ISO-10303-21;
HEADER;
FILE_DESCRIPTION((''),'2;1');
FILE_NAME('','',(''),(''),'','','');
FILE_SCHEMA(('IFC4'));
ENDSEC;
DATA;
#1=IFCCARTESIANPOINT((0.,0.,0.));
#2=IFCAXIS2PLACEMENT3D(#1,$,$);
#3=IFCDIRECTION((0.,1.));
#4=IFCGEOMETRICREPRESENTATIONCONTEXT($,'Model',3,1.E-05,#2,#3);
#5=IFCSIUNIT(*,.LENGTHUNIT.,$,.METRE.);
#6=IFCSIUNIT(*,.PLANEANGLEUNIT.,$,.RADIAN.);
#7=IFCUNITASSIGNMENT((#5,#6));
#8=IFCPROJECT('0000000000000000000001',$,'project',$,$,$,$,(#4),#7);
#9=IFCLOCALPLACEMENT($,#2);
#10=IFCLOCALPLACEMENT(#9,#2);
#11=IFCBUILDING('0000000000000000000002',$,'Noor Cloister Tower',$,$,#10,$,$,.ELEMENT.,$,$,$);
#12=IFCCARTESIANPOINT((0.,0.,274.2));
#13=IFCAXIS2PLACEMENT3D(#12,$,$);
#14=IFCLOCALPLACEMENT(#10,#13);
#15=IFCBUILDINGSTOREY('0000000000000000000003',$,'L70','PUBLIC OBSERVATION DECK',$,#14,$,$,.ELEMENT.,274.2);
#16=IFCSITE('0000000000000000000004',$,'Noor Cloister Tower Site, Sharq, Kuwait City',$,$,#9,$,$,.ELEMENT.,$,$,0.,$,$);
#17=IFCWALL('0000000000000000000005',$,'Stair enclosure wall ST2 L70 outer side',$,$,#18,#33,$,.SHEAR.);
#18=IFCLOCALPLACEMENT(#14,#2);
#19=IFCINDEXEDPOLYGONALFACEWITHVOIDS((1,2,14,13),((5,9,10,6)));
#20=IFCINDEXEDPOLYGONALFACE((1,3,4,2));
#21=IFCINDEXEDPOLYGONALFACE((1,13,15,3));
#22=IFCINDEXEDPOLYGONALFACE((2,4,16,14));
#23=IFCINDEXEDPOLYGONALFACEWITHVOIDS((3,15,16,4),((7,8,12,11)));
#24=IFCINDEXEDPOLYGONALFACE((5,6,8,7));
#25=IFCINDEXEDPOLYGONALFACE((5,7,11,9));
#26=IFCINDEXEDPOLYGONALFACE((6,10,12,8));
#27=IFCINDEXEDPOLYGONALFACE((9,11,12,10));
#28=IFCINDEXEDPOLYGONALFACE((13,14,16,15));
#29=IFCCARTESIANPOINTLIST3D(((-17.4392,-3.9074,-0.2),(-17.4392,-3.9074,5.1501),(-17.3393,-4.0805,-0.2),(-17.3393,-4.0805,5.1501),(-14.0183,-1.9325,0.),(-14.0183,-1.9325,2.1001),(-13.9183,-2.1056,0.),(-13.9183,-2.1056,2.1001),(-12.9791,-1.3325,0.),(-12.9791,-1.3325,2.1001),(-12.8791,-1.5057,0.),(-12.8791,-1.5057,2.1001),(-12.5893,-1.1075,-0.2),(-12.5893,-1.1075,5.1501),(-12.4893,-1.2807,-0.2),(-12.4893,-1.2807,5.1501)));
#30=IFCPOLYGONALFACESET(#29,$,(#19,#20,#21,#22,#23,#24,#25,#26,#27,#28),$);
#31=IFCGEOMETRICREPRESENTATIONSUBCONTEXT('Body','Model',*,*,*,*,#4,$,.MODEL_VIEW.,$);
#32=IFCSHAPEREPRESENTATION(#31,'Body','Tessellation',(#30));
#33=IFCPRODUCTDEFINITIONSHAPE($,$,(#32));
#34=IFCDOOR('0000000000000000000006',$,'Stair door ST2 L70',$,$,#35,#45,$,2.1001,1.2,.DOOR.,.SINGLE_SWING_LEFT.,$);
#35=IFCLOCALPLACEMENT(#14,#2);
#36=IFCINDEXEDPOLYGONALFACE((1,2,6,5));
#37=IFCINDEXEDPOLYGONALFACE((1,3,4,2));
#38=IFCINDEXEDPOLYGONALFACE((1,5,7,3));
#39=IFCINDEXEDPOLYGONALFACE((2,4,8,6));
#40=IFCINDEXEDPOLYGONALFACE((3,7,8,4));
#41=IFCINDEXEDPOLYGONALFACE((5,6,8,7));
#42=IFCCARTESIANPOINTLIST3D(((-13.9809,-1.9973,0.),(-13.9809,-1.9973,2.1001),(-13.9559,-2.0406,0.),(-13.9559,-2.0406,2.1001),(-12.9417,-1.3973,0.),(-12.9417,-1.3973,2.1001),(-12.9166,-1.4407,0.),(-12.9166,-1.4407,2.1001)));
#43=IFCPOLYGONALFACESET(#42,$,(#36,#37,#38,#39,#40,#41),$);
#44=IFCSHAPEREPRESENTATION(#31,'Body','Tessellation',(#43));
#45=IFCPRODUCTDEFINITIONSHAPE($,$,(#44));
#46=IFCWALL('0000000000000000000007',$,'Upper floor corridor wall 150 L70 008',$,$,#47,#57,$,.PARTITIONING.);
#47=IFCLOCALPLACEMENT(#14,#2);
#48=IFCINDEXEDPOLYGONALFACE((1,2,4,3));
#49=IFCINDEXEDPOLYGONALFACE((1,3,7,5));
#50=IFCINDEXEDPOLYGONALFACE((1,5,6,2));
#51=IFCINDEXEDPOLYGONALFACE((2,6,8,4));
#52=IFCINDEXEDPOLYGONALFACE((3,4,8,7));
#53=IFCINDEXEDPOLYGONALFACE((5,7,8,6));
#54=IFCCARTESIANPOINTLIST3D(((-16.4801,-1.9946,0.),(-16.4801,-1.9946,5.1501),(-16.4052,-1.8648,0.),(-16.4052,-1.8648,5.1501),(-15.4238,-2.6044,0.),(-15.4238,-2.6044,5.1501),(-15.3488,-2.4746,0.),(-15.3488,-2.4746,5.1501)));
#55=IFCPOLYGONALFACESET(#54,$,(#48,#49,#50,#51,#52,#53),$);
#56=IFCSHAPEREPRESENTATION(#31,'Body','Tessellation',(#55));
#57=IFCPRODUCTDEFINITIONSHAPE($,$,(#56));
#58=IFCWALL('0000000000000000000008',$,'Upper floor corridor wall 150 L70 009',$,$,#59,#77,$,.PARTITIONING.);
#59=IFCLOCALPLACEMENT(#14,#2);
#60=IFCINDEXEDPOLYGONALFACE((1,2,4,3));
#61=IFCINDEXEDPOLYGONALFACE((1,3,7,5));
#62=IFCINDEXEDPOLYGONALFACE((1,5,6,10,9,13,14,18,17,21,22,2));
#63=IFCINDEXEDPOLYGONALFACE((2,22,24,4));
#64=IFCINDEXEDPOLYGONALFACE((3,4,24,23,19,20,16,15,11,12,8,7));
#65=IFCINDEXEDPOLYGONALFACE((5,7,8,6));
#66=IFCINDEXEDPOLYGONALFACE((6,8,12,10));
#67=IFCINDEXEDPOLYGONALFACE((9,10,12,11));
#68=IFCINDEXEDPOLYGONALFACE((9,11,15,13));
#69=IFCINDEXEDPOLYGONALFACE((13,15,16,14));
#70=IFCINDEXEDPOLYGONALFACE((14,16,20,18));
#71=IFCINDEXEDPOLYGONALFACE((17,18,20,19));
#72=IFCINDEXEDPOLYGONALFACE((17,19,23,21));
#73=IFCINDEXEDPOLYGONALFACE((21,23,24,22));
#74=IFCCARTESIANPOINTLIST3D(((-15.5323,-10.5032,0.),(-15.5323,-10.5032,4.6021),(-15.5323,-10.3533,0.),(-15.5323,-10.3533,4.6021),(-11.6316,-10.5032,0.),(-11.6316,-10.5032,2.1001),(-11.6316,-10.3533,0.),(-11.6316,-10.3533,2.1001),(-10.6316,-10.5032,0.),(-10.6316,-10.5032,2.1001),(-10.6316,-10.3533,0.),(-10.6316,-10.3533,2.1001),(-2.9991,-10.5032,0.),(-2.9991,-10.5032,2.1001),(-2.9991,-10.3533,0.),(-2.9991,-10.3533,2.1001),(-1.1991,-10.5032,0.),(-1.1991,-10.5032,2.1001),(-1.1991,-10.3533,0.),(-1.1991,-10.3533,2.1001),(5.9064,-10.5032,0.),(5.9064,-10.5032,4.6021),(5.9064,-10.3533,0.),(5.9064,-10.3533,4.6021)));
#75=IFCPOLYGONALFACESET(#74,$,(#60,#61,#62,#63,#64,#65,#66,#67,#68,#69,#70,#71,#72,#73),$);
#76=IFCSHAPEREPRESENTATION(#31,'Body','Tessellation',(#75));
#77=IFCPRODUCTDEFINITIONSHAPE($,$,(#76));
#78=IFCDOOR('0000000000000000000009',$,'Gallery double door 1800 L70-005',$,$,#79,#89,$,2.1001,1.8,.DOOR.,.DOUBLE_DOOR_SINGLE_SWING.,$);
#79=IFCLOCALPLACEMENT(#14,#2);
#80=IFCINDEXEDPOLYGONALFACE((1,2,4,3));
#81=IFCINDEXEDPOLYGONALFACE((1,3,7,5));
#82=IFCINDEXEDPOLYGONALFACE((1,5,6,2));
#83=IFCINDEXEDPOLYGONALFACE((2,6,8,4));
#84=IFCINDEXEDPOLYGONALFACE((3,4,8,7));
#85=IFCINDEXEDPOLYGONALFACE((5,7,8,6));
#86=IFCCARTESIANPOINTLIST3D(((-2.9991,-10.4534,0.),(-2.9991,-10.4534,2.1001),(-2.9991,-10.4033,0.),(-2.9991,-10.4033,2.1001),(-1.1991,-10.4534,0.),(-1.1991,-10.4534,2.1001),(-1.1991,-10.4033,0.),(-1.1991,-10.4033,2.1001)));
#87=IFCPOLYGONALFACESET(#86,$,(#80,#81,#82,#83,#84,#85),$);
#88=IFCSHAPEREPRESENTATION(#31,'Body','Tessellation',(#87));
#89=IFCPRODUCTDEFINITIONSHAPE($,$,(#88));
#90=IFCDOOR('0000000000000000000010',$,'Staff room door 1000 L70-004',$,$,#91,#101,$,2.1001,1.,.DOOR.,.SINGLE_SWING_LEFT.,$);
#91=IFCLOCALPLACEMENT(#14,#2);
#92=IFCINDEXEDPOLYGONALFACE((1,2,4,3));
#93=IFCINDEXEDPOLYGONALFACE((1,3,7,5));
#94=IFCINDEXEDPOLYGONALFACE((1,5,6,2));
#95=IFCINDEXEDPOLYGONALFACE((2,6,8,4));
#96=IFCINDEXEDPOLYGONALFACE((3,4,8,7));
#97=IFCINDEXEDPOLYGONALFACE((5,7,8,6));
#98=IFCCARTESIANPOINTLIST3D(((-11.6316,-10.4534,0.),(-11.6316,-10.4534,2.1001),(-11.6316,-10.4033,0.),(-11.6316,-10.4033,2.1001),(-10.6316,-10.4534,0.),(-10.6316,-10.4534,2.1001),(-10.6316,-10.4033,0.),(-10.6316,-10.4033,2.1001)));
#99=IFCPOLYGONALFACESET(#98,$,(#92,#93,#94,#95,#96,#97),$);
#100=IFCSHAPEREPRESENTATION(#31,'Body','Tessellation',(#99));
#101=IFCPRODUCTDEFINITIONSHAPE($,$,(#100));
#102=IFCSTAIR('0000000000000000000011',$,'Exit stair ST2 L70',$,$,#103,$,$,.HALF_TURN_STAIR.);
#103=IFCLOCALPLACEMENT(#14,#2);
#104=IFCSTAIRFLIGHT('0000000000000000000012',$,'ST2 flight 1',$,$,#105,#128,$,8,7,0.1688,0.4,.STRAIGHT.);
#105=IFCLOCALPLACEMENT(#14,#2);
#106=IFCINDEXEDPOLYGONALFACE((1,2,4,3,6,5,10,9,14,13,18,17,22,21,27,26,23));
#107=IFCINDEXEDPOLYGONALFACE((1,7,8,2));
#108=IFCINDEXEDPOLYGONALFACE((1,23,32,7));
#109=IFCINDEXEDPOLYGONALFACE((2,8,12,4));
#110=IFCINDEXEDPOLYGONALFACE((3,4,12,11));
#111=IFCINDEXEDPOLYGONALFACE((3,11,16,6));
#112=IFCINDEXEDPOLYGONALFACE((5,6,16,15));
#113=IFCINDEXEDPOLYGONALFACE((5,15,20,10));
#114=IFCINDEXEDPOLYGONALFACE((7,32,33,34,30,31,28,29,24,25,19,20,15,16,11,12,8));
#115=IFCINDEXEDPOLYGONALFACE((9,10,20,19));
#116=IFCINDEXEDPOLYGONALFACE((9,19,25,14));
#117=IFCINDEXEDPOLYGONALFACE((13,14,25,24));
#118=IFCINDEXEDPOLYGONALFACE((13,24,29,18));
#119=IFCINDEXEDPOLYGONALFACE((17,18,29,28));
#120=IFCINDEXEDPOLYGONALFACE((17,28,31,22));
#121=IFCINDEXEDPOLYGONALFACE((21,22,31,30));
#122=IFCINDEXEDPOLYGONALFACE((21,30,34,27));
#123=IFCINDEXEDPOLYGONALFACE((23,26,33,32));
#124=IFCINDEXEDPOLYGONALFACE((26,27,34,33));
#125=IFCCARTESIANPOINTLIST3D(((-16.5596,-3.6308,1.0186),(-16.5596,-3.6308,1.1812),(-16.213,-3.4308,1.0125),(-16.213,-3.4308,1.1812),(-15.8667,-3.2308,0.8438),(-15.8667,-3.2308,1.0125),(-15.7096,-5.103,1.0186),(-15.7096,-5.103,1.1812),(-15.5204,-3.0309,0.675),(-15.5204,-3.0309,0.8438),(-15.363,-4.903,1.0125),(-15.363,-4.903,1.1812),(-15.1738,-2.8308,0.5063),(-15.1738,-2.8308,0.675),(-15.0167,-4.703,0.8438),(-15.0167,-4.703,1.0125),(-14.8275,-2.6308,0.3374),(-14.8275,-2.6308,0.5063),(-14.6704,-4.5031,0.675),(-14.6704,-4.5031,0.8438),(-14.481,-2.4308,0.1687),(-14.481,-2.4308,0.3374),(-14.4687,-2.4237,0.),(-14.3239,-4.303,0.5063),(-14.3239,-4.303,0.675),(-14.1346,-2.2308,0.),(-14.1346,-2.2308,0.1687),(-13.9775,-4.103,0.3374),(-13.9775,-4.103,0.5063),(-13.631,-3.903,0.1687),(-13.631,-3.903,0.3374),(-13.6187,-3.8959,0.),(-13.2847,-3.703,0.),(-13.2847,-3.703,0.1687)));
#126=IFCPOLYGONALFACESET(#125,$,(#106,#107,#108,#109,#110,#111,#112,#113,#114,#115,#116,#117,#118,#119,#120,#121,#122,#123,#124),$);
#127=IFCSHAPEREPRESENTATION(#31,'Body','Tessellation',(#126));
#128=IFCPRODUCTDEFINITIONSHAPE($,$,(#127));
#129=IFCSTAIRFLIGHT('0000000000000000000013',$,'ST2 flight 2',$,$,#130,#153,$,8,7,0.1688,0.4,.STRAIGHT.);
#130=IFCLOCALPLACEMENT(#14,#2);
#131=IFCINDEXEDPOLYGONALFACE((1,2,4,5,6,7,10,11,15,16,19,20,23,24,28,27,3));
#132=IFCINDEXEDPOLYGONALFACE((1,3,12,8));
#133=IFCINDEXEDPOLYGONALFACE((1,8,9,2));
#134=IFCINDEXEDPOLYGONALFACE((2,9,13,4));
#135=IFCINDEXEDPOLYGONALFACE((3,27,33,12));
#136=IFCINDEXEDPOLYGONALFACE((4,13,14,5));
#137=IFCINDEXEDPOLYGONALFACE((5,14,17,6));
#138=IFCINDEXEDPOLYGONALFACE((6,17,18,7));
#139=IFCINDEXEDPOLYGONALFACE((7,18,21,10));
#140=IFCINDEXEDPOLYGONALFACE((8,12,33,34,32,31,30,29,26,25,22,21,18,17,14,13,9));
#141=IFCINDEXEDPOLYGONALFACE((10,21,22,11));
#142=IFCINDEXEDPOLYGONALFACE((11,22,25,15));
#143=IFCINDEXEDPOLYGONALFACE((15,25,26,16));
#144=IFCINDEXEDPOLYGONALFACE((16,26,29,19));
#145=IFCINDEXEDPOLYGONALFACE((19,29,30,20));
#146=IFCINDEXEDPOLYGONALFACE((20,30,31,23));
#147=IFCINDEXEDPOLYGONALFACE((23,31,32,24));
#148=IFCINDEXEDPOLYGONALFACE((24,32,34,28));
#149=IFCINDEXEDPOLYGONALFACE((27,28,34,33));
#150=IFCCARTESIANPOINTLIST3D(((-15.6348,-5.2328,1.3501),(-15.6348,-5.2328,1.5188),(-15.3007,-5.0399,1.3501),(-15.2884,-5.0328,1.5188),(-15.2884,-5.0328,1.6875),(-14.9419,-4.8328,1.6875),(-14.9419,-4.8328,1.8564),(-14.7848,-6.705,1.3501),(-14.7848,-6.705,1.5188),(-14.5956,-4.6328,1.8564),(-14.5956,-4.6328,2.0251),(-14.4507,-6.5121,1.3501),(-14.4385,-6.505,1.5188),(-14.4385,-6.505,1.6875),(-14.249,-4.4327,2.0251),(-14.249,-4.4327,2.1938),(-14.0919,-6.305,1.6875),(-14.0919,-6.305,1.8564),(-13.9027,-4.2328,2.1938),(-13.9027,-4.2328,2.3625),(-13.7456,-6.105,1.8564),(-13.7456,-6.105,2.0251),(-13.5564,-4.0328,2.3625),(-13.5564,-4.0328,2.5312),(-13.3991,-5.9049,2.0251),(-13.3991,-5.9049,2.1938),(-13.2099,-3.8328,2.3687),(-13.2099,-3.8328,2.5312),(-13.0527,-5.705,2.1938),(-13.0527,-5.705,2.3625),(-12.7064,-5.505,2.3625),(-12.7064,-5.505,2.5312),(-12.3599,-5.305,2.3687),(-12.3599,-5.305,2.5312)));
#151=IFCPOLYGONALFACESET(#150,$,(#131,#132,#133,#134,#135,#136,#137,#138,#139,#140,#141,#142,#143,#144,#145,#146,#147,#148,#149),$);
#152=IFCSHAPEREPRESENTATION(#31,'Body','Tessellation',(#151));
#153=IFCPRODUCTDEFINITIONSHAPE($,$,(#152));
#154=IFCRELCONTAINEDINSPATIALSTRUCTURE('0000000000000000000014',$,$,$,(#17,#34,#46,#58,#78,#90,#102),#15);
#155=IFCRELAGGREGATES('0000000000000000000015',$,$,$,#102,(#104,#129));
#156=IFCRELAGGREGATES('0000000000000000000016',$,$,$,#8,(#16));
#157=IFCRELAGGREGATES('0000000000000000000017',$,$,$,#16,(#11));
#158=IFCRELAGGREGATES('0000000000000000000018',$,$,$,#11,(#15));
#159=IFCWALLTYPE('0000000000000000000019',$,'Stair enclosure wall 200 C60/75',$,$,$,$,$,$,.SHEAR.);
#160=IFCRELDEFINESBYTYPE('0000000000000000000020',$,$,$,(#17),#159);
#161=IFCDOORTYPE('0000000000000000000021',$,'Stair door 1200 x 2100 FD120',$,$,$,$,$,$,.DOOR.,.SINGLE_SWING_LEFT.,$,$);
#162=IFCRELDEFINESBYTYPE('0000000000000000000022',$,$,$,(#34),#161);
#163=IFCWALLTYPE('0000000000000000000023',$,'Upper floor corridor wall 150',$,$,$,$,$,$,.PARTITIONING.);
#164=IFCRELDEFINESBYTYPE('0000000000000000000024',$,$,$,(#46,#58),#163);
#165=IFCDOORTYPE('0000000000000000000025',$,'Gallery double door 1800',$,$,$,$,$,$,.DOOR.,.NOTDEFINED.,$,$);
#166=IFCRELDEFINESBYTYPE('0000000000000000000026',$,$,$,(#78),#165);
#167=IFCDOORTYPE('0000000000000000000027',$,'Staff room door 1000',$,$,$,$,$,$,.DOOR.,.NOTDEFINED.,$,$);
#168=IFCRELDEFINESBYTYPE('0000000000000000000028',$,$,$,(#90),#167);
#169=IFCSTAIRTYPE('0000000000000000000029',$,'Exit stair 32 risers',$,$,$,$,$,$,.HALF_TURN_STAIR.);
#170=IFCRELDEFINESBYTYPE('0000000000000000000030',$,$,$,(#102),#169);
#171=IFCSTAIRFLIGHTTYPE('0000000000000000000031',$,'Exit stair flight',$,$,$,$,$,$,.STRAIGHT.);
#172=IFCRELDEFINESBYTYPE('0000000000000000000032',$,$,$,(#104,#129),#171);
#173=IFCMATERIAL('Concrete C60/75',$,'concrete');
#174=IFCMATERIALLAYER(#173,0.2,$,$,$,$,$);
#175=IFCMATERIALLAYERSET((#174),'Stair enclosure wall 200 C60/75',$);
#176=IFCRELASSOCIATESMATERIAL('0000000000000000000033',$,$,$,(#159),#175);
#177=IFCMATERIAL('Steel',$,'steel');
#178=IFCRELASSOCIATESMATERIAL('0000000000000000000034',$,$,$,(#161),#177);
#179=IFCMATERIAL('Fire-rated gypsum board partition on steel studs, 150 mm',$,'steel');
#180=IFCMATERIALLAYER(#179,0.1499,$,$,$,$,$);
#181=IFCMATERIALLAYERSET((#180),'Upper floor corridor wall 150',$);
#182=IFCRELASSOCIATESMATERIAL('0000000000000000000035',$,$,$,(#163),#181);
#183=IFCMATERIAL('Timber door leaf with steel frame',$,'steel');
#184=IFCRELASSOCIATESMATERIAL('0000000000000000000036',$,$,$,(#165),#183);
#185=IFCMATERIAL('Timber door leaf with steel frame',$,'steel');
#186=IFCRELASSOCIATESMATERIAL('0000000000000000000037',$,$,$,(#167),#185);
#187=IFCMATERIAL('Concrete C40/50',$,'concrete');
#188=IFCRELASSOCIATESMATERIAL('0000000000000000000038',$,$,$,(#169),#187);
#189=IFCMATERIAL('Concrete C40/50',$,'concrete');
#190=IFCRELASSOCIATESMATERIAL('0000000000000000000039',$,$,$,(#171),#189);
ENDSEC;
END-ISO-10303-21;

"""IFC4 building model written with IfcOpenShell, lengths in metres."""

from ifc_helpers import new_model, si_unit, direction, frame, frame_2d, origin, place, context, subcontext, project, spatial, polyline, rectangle, outline, extrude, material, layer, layer_set, type_object, element, fill, aggregate, save


model = new_model("IFC4")

# Units and contexts
model_context = context("Model", 3, precision=1e-05, world=origin(), true_north=direction((0.0, 1.0)))
body_context = subcontext(model_context, "Body", "Model", "MODEL_VIEW")
ifc_project = project(units=[si_unit("LENGTHUNIT", "METRE"), si_unit("PLANEANGLEUNIT", "RADIAN")], contexts=[model_context])

# Site, building, storey
site_placement = place(None, origin())
site = spatial("IfcSite", under=ifc_project, at=site_placement, Name="Noor Cloister Tower Site, Sharq, Kuwait City", CompositionType="ELEMENT", RefElevation=0.0)
building_placement = place(site_placement, origin())
building = spatial("IfcBuilding", under=site, at=building_placement, Name="Noor Cloister Tower", CompositionType="ELEMENT")
storey_placement = place(building_placement, frame((0.0, 0.0, 274.2)))
storey = spatial("IfcBuildingStorey", under=building, at=storey_placement, Name="L70", Description="PUBLIC OBSERVATION DECK", CompositionType="ELEMENT", Elevation=274.2)

# Wall, opening, door
ifc_material_1 = material(Name="Concrete C60/75", Category="concrete")
ifc_layer_1 = layer(ifc_material_1, 0.2)
ifc_layer_set_1 = layer_set([ifc_layer_1], Name="Stair enclosure wall 200 C60/75")
wall_type_1 = type_object("IfcWallType", Name="Stair enclosure wall 200 C60/75", PredefinedType="SHEAR", material=ifc_layer_set_1)
ifc_material_2 = material(Name="Steel", Category="steel")
door_type_1 = type_object("IfcDoorType", Name="Stair door 1200 x 2100 FD120", OperationType="SINGLE_SWING_LEFT", PredefinedType="DOOR", material=ifc_material_2)
wall_1_placement = place(storey_placement, frame((-12.5393, -1.1941, -0.2), z_axis=(0.0, 0.0, 1.0), x_axis=(-0.866045, -0.499965, 0.0)))
wall_1 = element("IfcWall", 1, at=wall_1_placement, inside=storey, type_object=wall_type_1, Name="Stair enclosure wall ST2 L70 outer side", PredefinedType="SHEAR", context=body_context, shape_type="SweptSolid", body=[
    extrude(rectangle(XDim=5.6001, YDim=0.2, at=frame_2d((2.8, 0.0))), origin(), (0.0, 0.0, 1.0), 5.3501),
])
opening_1_placement = place(wall_1_placement, frame((0.45, 0.0, 0.2)))
opening_1 = element("IfcOpeningElement", 2, at=opening_1_placement, cuts=wall_1, PredefinedType="OPENING", context=body_context, shape_type="SweptSolid", body=[
    extrude(rectangle(XDim=1.2, YDim=2.1001, at=frame_2d((0.6001, 1.05))), frame((0.0, 0.1099, 0.0), z_axis=(0.0, -1.0, 0.0), x_axis=(1.0, 0.0, 0.0)), (0.0, 0.0, 1.0), 0.22),
])
door_1_placement = place(opening_1_placement, origin())
door_1 = element("IfcDoor", 3, at=door_1_placement, inside=storey, type_object=door_type_1, Name="Stair door ST2 L70", OperationType="SINGLE_SWING_LEFT", OverallHeight=2.1001, OverallWidth=1.2, PredefinedType="DOOR", context=body_context, shape_type="SweptSolid", body=[
    extrude(rectangle(XDim=1.2, YDim=2.1001, at=frame_2d((0.6001, 1.05))), frame((0.0, 0.0249, 0.0), z_axis=(0.0, -1.0, 0.0), x_axis=(1.0, 0.0, 0.0)), (0.0, 0.0, 1.0), 0.05),
])
fill(opening_1, door_1)

# Wall
ifc_material_3 = material(Name="Fire-rated gypsum board partition on steel studs, 150 mm", Category="steel")
ifc_layer_2 = layer(ifc_material_3, 0.1499)
ifc_layer_set_2 = layer_set([ifc_layer_2], Name="Upper floor corridor wall 150")
wall_type_2 = type_object("IfcWallType", Name="Upper floor corridor wall 150", PredefinedType="PARTITIONING", material=ifc_layer_set_2)
wall_2_placement = place(storey_placement, frame((-16.4426, -1.9297, 0.0), z_axis=(0.0, 0.0, 1.0), x_axis=(0.866042, -0.499971, 0.0)))
element("IfcWall", 4, at=wall_2_placement, inside=storey, type_object=wall_type_2, Name="Upper floor corridor wall 150 L70 008", PredefinedType="PARTITIONING", context=body_context, shape_type="SweptSolid", body=[
    extrude(rectangle(XDim=1.2197, YDim=0.1499, at=frame_2d((0.6099, 0.0))), origin(), (0.0, 0.0, 1.0), 5.1501),
])

# Wall, openings, doors
wall_3_placement = place(storey_placement, frame((-15.5322, -10.4282, 0.0), z_axis=(0.0, 0.0, 1.0), x_axis=(1.0, 0.0, 0.0)))
wall_3 = element("IfcWall", 5, at=wall_3_placement, inside=storey, type_object=wall_type_2, Name="Upper floor corridor wall 150 L70 009", PredefinedType="PARTITIONING", context=body_context, shape_type="SweptSolid", body=[
    extrude(rectangle(XDim=21.4387, YDim=0.1499, at=frame_2d((10.7192, 0.0))), origin(), (0.0, 0.0, 1.0), 4.6021),
])
opening_2_placement = place(wall_3_placement, frame((3.9006, 0.0, 0.0)))
opening_2 = element("IfcOpeningElement", 6, at=opening_2_placement, cuts=wall_3, PredefinedType="OPENING", context=body_context, shape_type="SweptSolid", body=[
    extrude(rectangle(XDim=1.0, YDim=2.1001, at=frame_2d((0.5, 1.05))), frame((0.0, 0.085, 0.0), z_axis=(0.0, -1.0, 0.0), x_axis=(1.0, 0.0, 0.0)), (0.0, 0.0, 1.0), 0.1699),
])
opening_3_placement = place(wall_3_placement, frame((12.5332, 0.0, 0.0)))
opening_3 = element("IfcOpeningElement", 7, at=opening_3_placement, cuts=wall_3, PredefinedType="OPENING", context=body_context, shape_type="SweptSolid", body=[
    extrude(rectangle(XDim=1.8, YDim=2.1001, at=frame_2d((0.8999, 1.05))), frame((0.0, 0.085, 0.0), z_axis=(0.0, -1.0, 0.0), x_axis=(1.0, 0.0, 0.0)), (0.0, 0.0, 1.0), 0.1699),
])
ifc_material_4 = material(Name="Timber door leaf with steel frame", Category="steel")
door_type_2 = type_object("IfcDoorType", Name="Gallery double door 1800", OperationType="NOTDEFINED", PredefinedType="DOOR", material=ifc_material_4)
door_2_placement = place(opening_3_placement, origin())
door_2 = element("IfcDoor", 8, at=door_2_placement, inside=storey, type_object=door_type_2, Name="Gallery double door 1800 L70-005", OperationType="DOUBLE_DOOR_SINGLE_SWING", OverallHeight=2.1001, OverallWidth=1.8, PredefinedType="DOOR", context=body_context, shape_type="SweptSolid", body=[
    extrude(rectangle(XDim=1.8, YDim=2.1001, at=frame_2d((0.8999, 1.05))), frame((0.0, 0.0249, 0.0), z_axis=(0.0, -1.0, 0.0), x_axis=(1.0, 0.0, 0.0)), (0.0, 0.0, 1.0), 0.05),
])
fill(opening_3, door_2)
ifc_material_5 = material(Name="Timber door leaf with steel frame", Category="steel")
door_type_3 = type_object("IfcDoorType", Name="Staff room door 1000", OperationType="NOTDEFINED", PredefinedType="DOOR", material=ifc_material_5)
door_3_placement = place(opening_2_placement, origin())
door_3 = element("IfcDoor", 9, at=door_3_placement, inside=storey, type_object=door_type_3, Name="Staff room door 1000 L70-004", OperationType="SINGLE_SWING_LEFT", OverallHeight=2.1001, OverallWidth=1.0, PredefinedType="DOOR", context=body_context, shape_type="SweptSolid", body=[
    extrude(rectangle(XDim=1.0, YDim=2.1001, at=frame_2d((0.5, 1.05))), frame((0.0, 0.0249, 0.0), z_axis=(0.0, -1.0, 0.0), x_axis=(1.0, 0.0, 0.0)), (0.0, 0.0, 1.0), 0.05),
])
fill(opening_2, door_3)

# Stair, stair flights
ifc_material_6 = material(Name="Concrete C40/50", Category="concrete")
stair_type = type_object("IfcStairType", Name="Exit stair 32 risers", PredefinedType="HALF_TURN_STAIR", material=ifc_material_6)
stair_placement = place(storey_placement, origin())
stair = element("IfcStair", 10, at=stair_placement, inside=storey, type_object=stair_type, Name="Exit stair ST2 L70", PredefinedType="HALF_TURN_STAIR")
ifc_material_7 = material(Name="Concrete C40/50", Category="concrete")
stair_flight_type = type_object("IfcStairFlightType", Name="Exit stair flight", PredefinedType="STRAIGHT", material=ifc_material_7)
stair_flight_1_placement = place(storey_placement, frame((-13.7097, -2.9668, 0.0), z_axis=(0.0, 0.0, 1.0), x_axis=(-0.866025, -0.5, 0.0)))
stair_flight_1 = element("IfcStairFlight", 11, at=stair_flight_1_placement, type_object=stair_flight_type, Name="ST2 flight 1", NumberOfRisers=8, NumberOfTreads=7, PredefinedType="STRAIGHT", RiserHeight=0.1688, TreadLength=0.4, context=body_context, shape_type="SweptSolid", body=[
    extrude(outline(polyline([(0.0, 0.0), (0.0, 0.1687), (0.3999, 0.1687), (0.3999, 0.3374), (0.8, 0.3374), (0.8, 0.5063), (1.2, 0.5063), (1.2, 0.675), (1.6001, 0.675), (1.6001, 0.8438), (2.0, 0.8438), (2.0, 1.0125), (2.3999, 1.0125), (2.3999, 1.1812), (2.8, 1.1812), (2.8, 1.3501), (2.8, 1.0186), (0.3857, 0.0), (0.0, 0.0)])), frame((0.0, 0.8501, 0.0), z_axis=(0.0, -1.0, 0.0), x_axis=(1.0, 0.0, 0.0)), (0.0, 0.0, 1.0), 1.7),
])
stair_flight_2_placement = place(storey_placement, frame((-15.2097, -5.969, 1.3501), z_axis=(0.0, 0.0, 1.0), x_axis=(0.866025, 0.5, 0.0)))
stair_flight_2 = element("IfcStairFlight", 12, at=stair_flight_2_placement, type_object=stair_flight_type, Name="ST2 flight 2", NumberOfRisers=8, NumberOfTreads=7, PredefinedType="STRAIGHT", RiserHeight=0.1688, TreadLength=0.4, context=body_context, shape_type="SweptSolid", body=[
    extrude(outline(polyline([(0.0, 0.0), (0.0, 0.1687), (0.3999, 0.1687), (0.3999, 0.3374), (0.8, 0.3374), (0.8, 0.5063), (1.2, 0.5063), (1.2, 0.675), (1.6001, 0.675), (1.6001, 0.8438), (2.0, 0.8438), (2.0, 1.0125), (2.3999, 1.0125), (2.3999, 1.1812), (2.8, 1.1812), (2.8, 1.3501), (2.8, 1.0186), (0.3857, 0.0), (0.0, 0.0)])), frame((0.0, 0.8501, 0.0), z_axis=(0.0, -1.0, 0.0), x_axis=(1.0, 0.0, 0.0)), (0.0, 0.0, 1.0), 1.7),
])
aggregate(stair, [stair_flight_1, stair_flight_2])

save(model, "model.ifc")
